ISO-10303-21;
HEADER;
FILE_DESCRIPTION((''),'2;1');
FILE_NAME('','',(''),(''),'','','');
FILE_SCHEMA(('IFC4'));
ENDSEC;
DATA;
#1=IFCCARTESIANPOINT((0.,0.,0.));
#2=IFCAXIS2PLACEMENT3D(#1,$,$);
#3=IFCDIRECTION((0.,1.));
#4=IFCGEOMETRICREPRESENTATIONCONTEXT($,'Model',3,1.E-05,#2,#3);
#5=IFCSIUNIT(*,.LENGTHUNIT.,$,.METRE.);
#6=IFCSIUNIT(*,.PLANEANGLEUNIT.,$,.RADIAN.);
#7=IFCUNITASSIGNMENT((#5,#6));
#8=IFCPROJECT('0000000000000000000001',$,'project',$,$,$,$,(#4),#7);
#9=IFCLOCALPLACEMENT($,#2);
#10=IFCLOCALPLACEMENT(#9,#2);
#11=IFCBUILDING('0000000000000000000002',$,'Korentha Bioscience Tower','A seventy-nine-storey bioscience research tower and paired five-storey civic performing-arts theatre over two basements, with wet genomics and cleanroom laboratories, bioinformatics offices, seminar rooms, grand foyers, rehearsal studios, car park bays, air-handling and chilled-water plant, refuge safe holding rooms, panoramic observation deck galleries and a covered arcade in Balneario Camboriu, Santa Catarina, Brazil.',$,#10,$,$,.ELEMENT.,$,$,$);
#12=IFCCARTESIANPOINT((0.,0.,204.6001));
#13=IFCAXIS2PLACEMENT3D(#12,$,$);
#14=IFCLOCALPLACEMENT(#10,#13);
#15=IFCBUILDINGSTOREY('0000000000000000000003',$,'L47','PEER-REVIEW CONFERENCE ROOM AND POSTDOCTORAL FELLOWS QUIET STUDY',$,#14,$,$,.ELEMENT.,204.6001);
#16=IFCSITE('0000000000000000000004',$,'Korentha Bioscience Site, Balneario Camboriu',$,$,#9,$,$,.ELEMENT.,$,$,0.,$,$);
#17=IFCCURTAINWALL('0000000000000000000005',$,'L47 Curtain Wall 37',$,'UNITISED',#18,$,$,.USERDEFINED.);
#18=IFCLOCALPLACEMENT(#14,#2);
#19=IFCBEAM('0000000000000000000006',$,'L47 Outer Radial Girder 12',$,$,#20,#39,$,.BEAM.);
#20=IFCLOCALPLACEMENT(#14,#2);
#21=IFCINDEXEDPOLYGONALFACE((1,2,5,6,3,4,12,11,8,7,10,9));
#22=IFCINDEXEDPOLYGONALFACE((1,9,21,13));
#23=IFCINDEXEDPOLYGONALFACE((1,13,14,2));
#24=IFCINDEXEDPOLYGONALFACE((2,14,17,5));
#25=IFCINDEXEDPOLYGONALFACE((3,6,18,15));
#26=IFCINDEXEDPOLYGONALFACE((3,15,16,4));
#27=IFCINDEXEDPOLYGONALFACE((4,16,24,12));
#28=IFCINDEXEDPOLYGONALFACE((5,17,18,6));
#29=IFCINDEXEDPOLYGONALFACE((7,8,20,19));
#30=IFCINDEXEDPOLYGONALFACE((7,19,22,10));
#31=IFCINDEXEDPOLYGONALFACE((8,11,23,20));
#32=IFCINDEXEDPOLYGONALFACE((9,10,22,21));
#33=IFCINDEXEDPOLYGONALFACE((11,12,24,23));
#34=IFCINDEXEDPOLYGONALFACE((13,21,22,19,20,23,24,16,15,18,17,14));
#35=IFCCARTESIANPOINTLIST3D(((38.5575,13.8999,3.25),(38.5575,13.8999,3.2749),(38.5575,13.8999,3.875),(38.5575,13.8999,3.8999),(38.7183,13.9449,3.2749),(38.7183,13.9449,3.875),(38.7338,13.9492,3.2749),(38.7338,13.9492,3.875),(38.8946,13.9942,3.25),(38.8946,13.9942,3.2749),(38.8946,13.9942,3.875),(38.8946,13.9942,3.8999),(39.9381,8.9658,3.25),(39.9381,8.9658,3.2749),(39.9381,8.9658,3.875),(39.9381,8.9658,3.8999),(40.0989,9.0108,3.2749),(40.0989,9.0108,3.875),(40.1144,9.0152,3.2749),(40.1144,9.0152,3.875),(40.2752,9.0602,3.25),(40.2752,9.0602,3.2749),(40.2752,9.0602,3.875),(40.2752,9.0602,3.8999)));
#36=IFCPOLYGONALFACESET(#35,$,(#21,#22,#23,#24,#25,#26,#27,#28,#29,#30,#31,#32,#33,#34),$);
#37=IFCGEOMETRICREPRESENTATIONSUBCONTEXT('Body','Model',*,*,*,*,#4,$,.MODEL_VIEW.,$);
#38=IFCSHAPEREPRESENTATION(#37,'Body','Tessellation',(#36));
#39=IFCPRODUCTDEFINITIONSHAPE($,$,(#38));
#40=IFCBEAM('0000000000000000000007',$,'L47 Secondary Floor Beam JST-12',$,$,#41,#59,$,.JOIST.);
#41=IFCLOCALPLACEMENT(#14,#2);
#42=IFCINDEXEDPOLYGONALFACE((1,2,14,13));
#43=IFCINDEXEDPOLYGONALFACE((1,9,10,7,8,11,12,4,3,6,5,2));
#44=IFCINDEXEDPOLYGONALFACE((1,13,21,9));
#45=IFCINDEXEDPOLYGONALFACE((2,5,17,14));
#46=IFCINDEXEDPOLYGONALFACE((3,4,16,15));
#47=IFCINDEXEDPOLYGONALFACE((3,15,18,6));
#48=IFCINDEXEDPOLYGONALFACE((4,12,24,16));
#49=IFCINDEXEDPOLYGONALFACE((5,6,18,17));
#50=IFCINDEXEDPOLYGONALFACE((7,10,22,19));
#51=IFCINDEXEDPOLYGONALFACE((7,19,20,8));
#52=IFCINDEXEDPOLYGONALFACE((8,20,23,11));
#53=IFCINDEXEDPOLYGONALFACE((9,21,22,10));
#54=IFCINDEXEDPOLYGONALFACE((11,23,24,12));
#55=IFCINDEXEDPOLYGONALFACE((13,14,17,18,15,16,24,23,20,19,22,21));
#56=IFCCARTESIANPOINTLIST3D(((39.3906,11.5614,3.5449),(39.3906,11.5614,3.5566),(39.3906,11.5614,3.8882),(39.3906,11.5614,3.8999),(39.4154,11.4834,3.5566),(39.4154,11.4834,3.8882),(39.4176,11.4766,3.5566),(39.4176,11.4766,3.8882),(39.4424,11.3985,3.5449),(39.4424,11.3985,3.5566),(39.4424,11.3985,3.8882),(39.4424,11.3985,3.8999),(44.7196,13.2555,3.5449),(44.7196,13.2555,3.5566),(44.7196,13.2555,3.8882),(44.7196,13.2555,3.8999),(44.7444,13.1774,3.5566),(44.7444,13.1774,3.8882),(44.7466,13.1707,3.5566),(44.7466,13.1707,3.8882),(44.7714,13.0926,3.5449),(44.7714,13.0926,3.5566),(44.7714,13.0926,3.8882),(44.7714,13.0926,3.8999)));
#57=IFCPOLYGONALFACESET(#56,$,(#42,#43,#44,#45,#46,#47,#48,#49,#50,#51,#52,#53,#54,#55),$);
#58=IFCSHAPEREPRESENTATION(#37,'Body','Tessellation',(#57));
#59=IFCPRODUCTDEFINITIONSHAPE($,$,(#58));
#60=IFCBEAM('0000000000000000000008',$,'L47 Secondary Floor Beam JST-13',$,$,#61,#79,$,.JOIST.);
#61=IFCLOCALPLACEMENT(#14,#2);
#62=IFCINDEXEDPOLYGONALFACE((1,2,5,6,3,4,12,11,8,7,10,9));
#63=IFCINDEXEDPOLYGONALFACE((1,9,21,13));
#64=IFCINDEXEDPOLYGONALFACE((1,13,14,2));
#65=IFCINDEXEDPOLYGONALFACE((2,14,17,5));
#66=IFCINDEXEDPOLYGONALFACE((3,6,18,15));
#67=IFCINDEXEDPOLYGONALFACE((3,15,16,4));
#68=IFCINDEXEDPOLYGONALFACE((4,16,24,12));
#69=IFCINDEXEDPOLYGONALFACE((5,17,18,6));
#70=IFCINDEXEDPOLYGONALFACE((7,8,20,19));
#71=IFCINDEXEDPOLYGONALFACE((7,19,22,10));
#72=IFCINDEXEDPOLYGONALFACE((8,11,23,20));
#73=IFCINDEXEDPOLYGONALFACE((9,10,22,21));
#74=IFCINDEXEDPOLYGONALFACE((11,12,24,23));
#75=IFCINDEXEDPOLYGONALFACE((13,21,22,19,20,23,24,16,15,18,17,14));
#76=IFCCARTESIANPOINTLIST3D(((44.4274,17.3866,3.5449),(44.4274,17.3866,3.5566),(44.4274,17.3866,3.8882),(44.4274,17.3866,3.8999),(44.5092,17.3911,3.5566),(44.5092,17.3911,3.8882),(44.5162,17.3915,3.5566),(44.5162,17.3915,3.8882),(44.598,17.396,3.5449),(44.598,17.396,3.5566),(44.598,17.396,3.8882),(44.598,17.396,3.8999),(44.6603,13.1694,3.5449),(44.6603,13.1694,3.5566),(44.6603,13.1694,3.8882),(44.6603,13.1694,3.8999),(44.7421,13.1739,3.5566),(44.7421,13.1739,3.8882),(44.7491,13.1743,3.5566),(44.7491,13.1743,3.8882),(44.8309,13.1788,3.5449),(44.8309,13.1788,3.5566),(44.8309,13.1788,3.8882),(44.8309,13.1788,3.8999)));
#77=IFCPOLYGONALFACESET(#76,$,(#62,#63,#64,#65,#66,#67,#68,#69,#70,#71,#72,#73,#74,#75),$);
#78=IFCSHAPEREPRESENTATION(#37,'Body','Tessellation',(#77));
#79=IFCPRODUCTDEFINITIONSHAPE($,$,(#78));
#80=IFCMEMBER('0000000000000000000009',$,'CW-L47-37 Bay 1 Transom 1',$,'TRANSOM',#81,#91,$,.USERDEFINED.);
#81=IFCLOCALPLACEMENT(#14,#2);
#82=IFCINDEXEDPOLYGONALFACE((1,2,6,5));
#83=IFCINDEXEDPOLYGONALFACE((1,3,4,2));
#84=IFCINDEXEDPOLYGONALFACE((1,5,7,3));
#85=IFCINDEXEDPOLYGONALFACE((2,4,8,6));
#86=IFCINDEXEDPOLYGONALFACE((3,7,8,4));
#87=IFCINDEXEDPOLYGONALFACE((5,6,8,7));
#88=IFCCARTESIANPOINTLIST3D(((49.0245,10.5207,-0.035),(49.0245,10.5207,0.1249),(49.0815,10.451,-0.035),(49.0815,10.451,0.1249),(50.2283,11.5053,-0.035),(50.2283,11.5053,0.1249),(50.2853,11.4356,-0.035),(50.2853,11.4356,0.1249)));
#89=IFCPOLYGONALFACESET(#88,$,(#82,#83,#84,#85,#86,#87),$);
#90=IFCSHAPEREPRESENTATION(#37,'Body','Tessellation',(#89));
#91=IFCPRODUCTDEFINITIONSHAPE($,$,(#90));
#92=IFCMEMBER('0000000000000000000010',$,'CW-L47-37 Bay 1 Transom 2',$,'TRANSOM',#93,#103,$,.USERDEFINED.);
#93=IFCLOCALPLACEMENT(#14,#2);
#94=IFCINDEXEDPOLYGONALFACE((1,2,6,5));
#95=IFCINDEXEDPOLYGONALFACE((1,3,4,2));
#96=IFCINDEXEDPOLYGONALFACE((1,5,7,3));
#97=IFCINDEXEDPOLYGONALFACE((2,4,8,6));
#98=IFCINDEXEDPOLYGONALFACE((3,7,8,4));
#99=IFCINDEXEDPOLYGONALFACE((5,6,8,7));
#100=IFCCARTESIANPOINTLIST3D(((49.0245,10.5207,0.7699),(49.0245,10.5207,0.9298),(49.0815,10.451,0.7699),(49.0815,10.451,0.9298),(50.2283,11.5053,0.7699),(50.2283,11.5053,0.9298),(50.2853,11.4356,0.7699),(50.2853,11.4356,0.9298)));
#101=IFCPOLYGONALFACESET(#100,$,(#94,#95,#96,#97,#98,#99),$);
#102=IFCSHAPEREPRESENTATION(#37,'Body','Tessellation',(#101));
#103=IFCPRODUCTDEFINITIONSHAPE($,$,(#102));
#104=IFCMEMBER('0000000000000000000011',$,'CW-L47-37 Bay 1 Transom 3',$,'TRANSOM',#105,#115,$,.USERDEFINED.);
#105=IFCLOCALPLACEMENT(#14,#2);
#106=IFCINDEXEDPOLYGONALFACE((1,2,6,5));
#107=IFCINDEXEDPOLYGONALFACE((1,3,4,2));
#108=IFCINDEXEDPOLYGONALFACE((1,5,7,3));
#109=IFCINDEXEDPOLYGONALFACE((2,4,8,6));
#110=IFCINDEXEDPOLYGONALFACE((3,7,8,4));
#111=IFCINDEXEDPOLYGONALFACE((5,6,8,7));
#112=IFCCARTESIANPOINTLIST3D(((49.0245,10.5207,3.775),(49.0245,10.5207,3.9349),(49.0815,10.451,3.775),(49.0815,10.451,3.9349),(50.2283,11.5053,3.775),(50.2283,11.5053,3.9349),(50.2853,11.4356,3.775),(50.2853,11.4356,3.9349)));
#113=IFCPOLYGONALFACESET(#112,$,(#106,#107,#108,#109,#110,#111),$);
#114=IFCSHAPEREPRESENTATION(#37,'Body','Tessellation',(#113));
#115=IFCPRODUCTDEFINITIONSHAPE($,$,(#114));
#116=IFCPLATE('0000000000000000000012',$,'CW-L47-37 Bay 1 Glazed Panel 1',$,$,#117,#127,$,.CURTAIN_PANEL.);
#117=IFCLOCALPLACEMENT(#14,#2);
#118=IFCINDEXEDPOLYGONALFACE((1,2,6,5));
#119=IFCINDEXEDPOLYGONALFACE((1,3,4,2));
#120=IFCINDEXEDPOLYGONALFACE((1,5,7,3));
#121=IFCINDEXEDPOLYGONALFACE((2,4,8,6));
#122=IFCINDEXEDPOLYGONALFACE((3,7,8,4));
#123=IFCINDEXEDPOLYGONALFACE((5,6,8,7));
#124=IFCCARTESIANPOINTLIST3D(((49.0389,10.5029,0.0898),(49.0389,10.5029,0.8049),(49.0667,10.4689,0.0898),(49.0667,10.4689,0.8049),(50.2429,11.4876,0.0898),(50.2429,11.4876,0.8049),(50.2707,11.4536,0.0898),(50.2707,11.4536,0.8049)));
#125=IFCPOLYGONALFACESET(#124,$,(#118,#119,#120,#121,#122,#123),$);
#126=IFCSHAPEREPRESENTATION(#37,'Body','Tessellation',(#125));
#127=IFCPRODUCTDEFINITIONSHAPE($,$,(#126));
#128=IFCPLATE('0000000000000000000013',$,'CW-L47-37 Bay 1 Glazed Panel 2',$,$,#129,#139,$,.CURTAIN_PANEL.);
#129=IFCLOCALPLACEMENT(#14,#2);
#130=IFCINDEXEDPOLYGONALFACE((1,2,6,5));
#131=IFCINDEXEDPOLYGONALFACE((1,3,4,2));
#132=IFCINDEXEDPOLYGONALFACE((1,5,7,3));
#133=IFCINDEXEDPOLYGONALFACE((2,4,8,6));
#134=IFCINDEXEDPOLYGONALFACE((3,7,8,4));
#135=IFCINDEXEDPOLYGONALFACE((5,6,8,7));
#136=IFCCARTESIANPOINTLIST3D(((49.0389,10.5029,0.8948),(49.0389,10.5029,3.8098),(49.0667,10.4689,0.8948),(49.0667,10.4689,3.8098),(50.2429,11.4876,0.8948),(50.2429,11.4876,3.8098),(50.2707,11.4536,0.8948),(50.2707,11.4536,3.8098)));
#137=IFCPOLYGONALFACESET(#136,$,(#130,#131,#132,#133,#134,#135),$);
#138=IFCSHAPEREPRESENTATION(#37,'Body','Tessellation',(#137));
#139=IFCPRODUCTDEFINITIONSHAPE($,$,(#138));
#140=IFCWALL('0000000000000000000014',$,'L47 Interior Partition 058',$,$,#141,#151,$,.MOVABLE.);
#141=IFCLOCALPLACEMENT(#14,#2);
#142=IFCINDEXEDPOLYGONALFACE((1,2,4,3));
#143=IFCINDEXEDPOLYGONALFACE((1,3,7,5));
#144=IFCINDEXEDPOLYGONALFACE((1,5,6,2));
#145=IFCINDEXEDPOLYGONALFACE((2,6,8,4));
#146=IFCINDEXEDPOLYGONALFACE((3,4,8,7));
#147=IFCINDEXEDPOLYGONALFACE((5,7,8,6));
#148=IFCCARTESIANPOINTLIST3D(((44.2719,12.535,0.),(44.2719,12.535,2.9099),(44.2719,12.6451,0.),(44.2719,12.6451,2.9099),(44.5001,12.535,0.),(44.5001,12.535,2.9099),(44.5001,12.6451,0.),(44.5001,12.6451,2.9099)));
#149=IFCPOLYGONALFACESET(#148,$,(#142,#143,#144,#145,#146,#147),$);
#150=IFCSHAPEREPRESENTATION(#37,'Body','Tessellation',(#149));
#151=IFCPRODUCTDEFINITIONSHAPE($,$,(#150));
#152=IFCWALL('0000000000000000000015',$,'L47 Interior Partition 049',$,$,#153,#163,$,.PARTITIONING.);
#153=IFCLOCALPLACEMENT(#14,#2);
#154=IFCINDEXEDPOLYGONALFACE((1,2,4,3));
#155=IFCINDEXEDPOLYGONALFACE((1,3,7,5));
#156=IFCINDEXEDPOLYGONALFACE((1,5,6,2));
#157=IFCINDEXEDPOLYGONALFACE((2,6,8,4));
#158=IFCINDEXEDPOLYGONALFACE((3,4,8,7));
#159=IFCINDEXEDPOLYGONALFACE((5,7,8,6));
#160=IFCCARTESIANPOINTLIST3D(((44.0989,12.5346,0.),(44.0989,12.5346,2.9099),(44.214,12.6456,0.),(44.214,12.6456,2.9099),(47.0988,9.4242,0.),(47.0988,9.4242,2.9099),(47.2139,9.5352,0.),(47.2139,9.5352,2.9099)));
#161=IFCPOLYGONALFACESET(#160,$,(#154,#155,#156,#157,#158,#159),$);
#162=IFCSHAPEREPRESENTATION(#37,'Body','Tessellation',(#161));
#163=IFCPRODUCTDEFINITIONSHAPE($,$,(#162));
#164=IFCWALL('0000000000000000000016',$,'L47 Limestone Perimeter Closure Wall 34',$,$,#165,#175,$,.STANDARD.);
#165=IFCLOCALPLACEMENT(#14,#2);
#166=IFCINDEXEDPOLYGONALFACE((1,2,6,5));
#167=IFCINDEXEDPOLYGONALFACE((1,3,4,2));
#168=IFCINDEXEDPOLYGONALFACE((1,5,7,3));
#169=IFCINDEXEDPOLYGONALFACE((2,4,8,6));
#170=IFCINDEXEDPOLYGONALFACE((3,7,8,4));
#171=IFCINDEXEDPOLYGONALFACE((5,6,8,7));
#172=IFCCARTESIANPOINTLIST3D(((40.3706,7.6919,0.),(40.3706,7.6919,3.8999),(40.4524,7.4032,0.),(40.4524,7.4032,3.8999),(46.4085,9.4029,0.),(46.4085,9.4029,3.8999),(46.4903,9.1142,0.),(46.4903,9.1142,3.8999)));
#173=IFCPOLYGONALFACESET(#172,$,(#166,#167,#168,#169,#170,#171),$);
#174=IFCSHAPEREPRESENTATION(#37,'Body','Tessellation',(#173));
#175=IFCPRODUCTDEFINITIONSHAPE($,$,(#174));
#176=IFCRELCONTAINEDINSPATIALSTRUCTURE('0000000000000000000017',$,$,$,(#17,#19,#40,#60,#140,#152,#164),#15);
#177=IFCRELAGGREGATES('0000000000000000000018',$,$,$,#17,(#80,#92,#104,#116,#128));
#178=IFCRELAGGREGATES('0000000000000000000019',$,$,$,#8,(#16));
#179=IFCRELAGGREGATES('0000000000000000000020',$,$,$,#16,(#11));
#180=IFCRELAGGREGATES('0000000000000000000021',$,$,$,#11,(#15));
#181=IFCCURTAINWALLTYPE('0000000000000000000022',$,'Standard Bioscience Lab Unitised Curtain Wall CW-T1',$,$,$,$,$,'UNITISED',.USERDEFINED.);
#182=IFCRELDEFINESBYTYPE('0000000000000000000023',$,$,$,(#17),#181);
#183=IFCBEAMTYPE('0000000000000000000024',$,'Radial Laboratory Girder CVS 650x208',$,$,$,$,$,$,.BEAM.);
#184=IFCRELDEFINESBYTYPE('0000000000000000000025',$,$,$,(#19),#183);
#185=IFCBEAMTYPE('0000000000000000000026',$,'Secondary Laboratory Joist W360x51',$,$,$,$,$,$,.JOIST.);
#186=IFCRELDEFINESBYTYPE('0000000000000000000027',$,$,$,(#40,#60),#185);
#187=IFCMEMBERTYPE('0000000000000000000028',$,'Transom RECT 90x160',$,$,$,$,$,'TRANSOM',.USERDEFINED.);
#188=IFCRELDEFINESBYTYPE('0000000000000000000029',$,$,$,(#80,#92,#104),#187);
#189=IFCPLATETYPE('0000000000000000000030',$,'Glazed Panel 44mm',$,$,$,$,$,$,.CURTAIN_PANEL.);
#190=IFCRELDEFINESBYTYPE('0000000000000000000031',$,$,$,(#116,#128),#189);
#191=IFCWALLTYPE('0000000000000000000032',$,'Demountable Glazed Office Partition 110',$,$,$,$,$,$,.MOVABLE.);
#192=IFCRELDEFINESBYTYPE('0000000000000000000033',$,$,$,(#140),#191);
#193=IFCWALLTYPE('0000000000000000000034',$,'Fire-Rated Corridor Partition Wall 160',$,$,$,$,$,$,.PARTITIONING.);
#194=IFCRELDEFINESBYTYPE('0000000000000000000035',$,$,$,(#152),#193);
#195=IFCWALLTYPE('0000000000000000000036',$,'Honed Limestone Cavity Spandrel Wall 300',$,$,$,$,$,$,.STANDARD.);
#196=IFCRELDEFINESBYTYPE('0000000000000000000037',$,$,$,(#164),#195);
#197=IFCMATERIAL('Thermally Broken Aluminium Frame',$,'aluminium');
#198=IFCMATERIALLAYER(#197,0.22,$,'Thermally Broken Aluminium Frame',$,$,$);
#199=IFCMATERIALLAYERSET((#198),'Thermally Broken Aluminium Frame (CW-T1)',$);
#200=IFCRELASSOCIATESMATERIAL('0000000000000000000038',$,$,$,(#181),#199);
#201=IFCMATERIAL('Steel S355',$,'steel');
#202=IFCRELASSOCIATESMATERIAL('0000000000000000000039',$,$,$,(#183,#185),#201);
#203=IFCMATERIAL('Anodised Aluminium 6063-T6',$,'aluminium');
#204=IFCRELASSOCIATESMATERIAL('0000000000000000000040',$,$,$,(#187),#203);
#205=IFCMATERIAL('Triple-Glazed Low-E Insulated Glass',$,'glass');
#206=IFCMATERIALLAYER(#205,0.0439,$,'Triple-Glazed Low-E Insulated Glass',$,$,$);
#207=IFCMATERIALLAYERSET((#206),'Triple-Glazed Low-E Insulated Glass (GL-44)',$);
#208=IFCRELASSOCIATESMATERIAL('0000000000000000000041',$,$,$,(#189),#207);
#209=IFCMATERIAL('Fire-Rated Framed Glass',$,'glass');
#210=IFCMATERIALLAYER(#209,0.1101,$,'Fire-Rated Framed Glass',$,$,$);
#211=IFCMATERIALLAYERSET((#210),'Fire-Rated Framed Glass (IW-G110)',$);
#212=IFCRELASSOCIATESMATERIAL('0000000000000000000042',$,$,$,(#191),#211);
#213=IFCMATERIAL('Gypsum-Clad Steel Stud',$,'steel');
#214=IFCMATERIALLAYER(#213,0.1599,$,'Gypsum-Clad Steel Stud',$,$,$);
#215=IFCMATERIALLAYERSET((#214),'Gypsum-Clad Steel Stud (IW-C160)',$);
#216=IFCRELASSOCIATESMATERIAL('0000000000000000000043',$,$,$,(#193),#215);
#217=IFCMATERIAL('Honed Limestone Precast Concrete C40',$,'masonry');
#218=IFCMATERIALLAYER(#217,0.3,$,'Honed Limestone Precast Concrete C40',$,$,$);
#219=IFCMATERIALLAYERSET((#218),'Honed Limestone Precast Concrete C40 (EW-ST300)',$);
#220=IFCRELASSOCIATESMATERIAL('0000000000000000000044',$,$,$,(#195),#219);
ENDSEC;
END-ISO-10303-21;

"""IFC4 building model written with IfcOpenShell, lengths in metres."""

from ifc_helpers import new_model, si_unit, direction, frame, frame_2d, origin, origin_2d, place, context, subcontext, project, spatial, rectangle, i_section, extrude, material, layer, layer_set, material_profile, profile_set, type_object, element, aggregate, save


model = new_model("IFC4")

# Units and contexts
model_context = context("Model", 3, precision=1e-05, world=origin(), true_north=direction((0.0, 1.0)))
body_context = subcontext(model_context, "Body", "Model", "MODEL_VIEW")
ifc_project = project(units=[si_unit("LENGTHUNIT", "METRE"), si_unit("PLANEANGLEUNIT", "RADIAN")], contexts=[model_context])

# Site, building, storey
site_placement = place(None, origin())
site = spatial("IfcSite", under=ifc_project, at=site_placement, Name="Korentha Bioscience Site, Balneario Camboriu", CompositionType="ELEMENT", RefElevation=0.0)
building_placement = place(site_placement, origin())
building = spatial("IfcBuilding", under=site, at=building_placement, Name="Korentha Bioscience Tower", Description="A seventy-nine-storey bioscience research tower and paired five-storey civic performing-arts theatre over two basements, with wet genomics and cleanroom laboratories, bioinformatics offices, seminar rooms, grand foyers, rehearsal studios, car park bays, air-handling and chilled-water plant, refuge safe holding rooms, panoramic observation deck galleries and a covered arcade in Balneario Camboriu, Santa Catarina, Brazil.", CompositionType="ELEMENT")
storey_placement = place(building_placement, frame((0.0, 0.0, 204.6001)))
storey = spatial("IfcBuildingStorey", under=building, at=storey_placement, Name="L47", Description="PEER-REVIEW CONFERENCE ROOM AND POSTDOCTORAL FELLOWS QUIET STUDY", CompositionType="ELEMENT", Elevation=204.6001)

# Shared definitions
ifc_material_1 = material(Name="Steel S355", Category="steel")

# Curtain wall
ifc_material_2 = material(Name="Thermally Broken Aluminium Frame", Category="aluminium")
ifc_layer_1 = layer(ifc_material_2, 0.22, Name="Thermally Broken Aluminium Frame")
ifc_layer_set_1 = layer_set([ifc_layer_1], Name="Thermally Broken Aluminium Frame (CW-T1)")
curtain_wall_type = type_object("IfcCurtainWallType", Name="Standard Bioscience Lab Unitised Curtain Wall CW-T1", ElementType="UNITISED", PredefinedType="USERDEFINED", material=ifc_layer_set_1)
curtain_wall_placement = place(storey_placement, origin())
curtain_wall = element("IfcCurtainWall", 1, at=curtain_wall_placement, inside=storey, type_object=curtain_wall_type, Name="L47 Curtain Wall 37", ObjectType="UNITISED", PredefinedType="USERDEFINED")
ifc_material_3 = material(Name="Anodised Aluminium 6063-T6", Category="aluminium")

# Beams
ifc_material_profile_1 = material_profile(ifc_material_1, i_section(OverallWidth=0.3501, OverallDepth=0.6499, WebThickness=0.0161, FlangeThickness=0.0249, at=origin_2d()), Name="Steel S355")
ifc_profile_set_1 = profile_set([ifc_material_profile_1], Name="Steel S355 (RB-650)")
beam_type_1 = type_object("IfcBeamType", Name="Radial Laboratory Girder CVS 650x208", PredefinedType="BEAM", material=ifc_profile_set_1)
beam_1_placement = place(storey_placement, frame((38.7261, 13.947, 3.575), z_axis=(0.269462, -0.963011, 0.0), x_axis=(0.963011, 0.269462, 0.0)))
element("IfcBeam", 2, at=beam_1_placement, inside=storey, type_object=beam_type_1, Name="L47 Outer Radial Girder 12", PredefinedType="BEAM", context=body_context, shape_type="SweptSolid", body=[
    extrude(i_section(OverallWidth=0.3501, OverallDepth=0.6499, WebThickness=0.0161, FlangeThickness=0.0249, at=origin_2d()), origin(), (0.0, 0.0, 1.0), 5.1235),
])
ifc_material_profile_2 = material_profile(ifc_material_1, i_section(OverallWidth=0.1709, OverallDepth=0.355, WebThickness=0.0071, FlangeThickness=0.0117, at=origin_2d()), Name="Steel S355")
ifc_profile_set_2 = profile_set([ifc_material_profile_2], Name="Steel S355 (JB-360)")
beam_type_2 = type_object("IfcBeamType", Name="Secondary Laboratory Joist W360x51", PredefinedType="JOIST", material=ifc_profile_set_2)
beam_2_placement = place(storey_placement, frame((39.4165, 11.48, 3.7224), z_axis=(0.953005, 0.302955, 0.0), x_axis=(-0.302955, 0.953005, 0.0)))
element("IfcBeam", 3, at=beam_2_placement, inside=storey, type_object=beam_type_2, Name="L47 Secondary Floor Beam JST-12", PredefinedType="JOIST", context=body_context, shape_type="SweptSolid", body=[
    extrude(i_section(OverallWidth=0.1709, OverallDepth=0.355, WebThickness=0.0071, FlangeThickness=0.0117, at=origin_2d()), origin(), (0.0, 0.0, 1.0), 5.5918),
])
beam_3_placement = place(storey_placement, frame((44.7456, 13.1741, 3.7224), z_axis=(-0.055143, 0.998478, 0.0), x_axis=(-0.998478, -0.055143, 0.0)))
element("IfcBeam", 4, at=beam_3_placement, inside=storey, type_object=beam_type_2, Name="L47 Secondary Floor Beam JST-13", PredefinedType="JOIST", context=body_context, shape_type="SweptSolid", body=[
    extrude(i_section(OverallWidth=0.1709, OverallDepth=0.355, WebThickness=0.0071, FlangeThickness=0.0117, at=origin_2d()), origin(), (0.0, 0.0, 1.0), 4.2236),
])

# Members
ifc_material_profile_3 = material_profile(ifc_material_3, rectangle(XDim=0.0901, YDim=0.1599, at=origin_2d()), Name="Anodised Aluminium 6063-T6")
ifc_profile_set_3 = profile_set([ifc_material_profile_3], Name="Anodised Aluminium 6063-T6 (CW-TRN)")
member_type_1 = type_object("IfcMemberType", Name="Transom RECT 90x160", ElementType="TRANSOM", PredefinedType="USERDEFINED", material=ifc_profile_set_3)
member_1_placement = place(storey_placement, frame((49.053, 10.4858, 0.0449), z_axis=(0.774069, 0.633101, 0.0), x_axis=(-0.633101, 0.774069, 0.0)))
member_1 = element("IfcMember", 5, at=member_1_placement, type_object=member_type_1, Name="CW-L47-37 Bay 1 Transom 1", ObjectType="TRANSOM", PredefinedType="USERDEFINED", context=body_context, shape_type="SweptSolid", body=[
    extrude(rectangle(XDim=0.0901, YDim=0.1599, at=origin_2d()), origin(), (0.0, 0.0, 1.0), 1.5552),
])
member_2_placement = place(storey_placement, frame((49.053, 10.4858, 0.8499), z_axis=(0.774069, 0.633101, 0.0), x_axis=(-0.633101, 0.774069, 0.0)))
member_2 = element("IfcMember", 6, at=member_2_placement, type_object=member_type_1, Name="CW-L47-37 Bay 1 Transom 2", ObjectType="TRANSOM", PredefinedType="USERDEFINED", context=body_context, shape_type="SweptSolid", body=[
    extrude(rectangle(XDim=0.0901, YDim=0.1599, at=origin_2d()), origin(), (0.0, 0.0, 1.0), 1.5552),
])
member_3_placement = place(storey_placement, frame((49.053, 10.4858, 3.855), z_axis=(0.774069, 0.633101, 0.0), x_axis=(-0.633101, 0.774069, 0.0)))
member_3 = element("IfcMember", 7, at=member_3_placement, type_object=member_type_1, Name="CW-L47-37 Bay 1 Transom 3", ObjectType="TRANSOM", PredefinedType="USERDEFINED", context=body_context, shape_type="SweptSolid", body=[
    extrude(rectangle(XDim=0.0901, YDim=0.1599, at=origin_2d()), origin(), (0.0, 0.0, 1.0), 1.5552),
])

# Plates
ifc_material_4 = material(Name="Triple-Glazed Low-E Insulated Glass", Category="glass")
ifc_layer_2 = layer(ifc_material_4, 0.0439, Name="Triple-Glazed Low-E Insulated Glass")
ifc_layer_set_2 = layer_set([ifc_layer_2], Name="Triple-Glazed Low-E Insulated Glass (GL-44)")
plate_type = type_object("IfcPlateType", Name="Glazed Panel 44mm", PredefinedType="CURTAIN_PANEL", material=ifc_layer_set_2)
plate_1_placement = place(storey_placement, frame((49.6548, 10.9783, 0.0898), z_axis=(0.0, 0.0, 1.0), x_axis=(0.774088, 0.633078, 0.0)))
plate_1 = element("IfcPlate", 8, at=plate_1_placement, type_object=plate_type, Name="CW-L47-37 Bay 1 Glazed Panel 1", PredefinedType="CURTAIN_PANEL", context=body_context, shape_type="SweptSolid", body=[
    extrude(rectangle(XDim=1.5554, YDim=0.0439, at=origin_2d()), origin(), (0.0, 0.0, 1.0), 0.7151),
])
plate_2_placement = place(storey_placement, frame((49.6548, 10.9783, 0.8948), z_axis=(0.0, 0.0, 1.0), x_axis=(0.774088, 0.633078, 0.0)))
plate_2 = element("IfcPlate", 9, at=plate_2_placement, type_object=plate_type, Name="CW-L47-37 Bay 1 Glazed Panel 2", PredefinedType="CURTAIN_PANEL", context=body_context, shape_type="SweptSolid", body=[
    extrude(rectangle(XDim=1.5554, YDim=0.0439, at=origin_2d()), origin(), (0.0, 0.0, 1.0), 2.915),
])
aggregate(curtain_wall, [member_1, member_2, member_3, plate_1, plate_2])

# Shared definitions
ifc_material_5 = material(Name="Fire-Rated Framed Glass", Category="glass")
ifc_layer_3 = layer(ifc_material_5, 0.1101, Name="Fire-Rated Framed Glass")
ifc_layer_set_3 = layer_set([ifc_layer_3], Name="Fire-Rated Framed Glass (IW-G110)")
wall_type_1 = type_object("IfcWallType", Name="Demountable Glazed Office Partition 110", PredefinedType="MOVABLE", material=ifc_layer_set_3)

# Walls
wall_1_placement = place(storey_placement, frame((44.2717, 12.5901, 0.0), z_axis=(0.0, 0.0, 1.0), x_axis=(1.0, 0.0, 0.0)))
element("IfcWall", 10, at=wall_1_placement, inside=storey, type_object=wall_type_1, Name="L47 Interior Partition 058", PredefinedType="MOVABLE", context=body_context, shape_type="SweptSolid", body=[
    extrude(rectangle(XDim=0.2283, YDim=0.1101, at=frame_2d((0.1143, 0.0))), origin(), (0.0, 0.0, 1.0), 2.9099),
])
ifc_material_6 = material(Name="Gypsum-Clad Steel Stud", Category="steel")
ifc_layer_4 = layer(ifc_material_6, 0.1599, Name="Gypsum-Clad Steel Stud")
ifc_layer_set_4 = layer_set([ifc_layer_4], Name="Gypsum-Clad Steel Stud (IW-C160)")
wall_type_2 = type_object("IfcWallType", Name="Fire-Rated Corridor Partition Wall 160", PredefinedType="PARTITIONING", material=ifc_layer_set_4)
wall_2_placement = place(storey_placement, frame((44.1565, 12.5901, 0.0), z_axis=(0.0, 0.0, 1.0), x_axis=(0.694194, -0.719788, 0.0)))
element("IfcWall", 11, at=wall_2_placement, inside=storey, type_object=wall_type_2, Name="L47 Interior Partition 049", PredefinedType="PARTITIONING", context=body_context, shape_type="SweptSolid", body=[
    extrude(rectangle(XDim=4.3213, YDim=0.1599, at=frame_2d((2.1606, 0.0))), origin(), (0.0, 0.0, 1.0), 2.9099),
])
ifc_material_7 = material(Name="Honed Limestone Precast Concrete C40", Category="masonry")
ifc_layer_5 = layer(ifc_material_7, 0.3, Name="Honed Limestone Precast Concrete C40")
ifc_layer_set_5 = layer_set([ifc_layer_5], Name="Honed Limestone Precast Concrete C40 (EW-ST300)")
wall_type_3 = type_object("IfcWallType", Name="Honed Limestone Cavity Spandrel Wall 300", PredefinedType="STANDARD", material=ifc_layer_set_5)
wall_3_placement = place(storey_placement, frame((40.4116, 7.5476, 0.0), z_axis=(0.0, 0.0, 1.0), x_axis=(0.962118, 0.272634, 0.0)))
element("IfcWall", 12, at=wall_3_placement, inside=storey, type_object=wall_type_3, Name="L47 Limestone Perimeter Closure Wall 34", PredefinedType="STANDARD", context=body_context, shape_type="SweptSolid", body=[
    extrude(rectangle(XDim=6.2756, YDim=0.3, at=frame_2d((3.1377, 0.0))), origin(), (0.0, 0.0, 1.0), 3.8999),
])

save(model, "model.ifc")
